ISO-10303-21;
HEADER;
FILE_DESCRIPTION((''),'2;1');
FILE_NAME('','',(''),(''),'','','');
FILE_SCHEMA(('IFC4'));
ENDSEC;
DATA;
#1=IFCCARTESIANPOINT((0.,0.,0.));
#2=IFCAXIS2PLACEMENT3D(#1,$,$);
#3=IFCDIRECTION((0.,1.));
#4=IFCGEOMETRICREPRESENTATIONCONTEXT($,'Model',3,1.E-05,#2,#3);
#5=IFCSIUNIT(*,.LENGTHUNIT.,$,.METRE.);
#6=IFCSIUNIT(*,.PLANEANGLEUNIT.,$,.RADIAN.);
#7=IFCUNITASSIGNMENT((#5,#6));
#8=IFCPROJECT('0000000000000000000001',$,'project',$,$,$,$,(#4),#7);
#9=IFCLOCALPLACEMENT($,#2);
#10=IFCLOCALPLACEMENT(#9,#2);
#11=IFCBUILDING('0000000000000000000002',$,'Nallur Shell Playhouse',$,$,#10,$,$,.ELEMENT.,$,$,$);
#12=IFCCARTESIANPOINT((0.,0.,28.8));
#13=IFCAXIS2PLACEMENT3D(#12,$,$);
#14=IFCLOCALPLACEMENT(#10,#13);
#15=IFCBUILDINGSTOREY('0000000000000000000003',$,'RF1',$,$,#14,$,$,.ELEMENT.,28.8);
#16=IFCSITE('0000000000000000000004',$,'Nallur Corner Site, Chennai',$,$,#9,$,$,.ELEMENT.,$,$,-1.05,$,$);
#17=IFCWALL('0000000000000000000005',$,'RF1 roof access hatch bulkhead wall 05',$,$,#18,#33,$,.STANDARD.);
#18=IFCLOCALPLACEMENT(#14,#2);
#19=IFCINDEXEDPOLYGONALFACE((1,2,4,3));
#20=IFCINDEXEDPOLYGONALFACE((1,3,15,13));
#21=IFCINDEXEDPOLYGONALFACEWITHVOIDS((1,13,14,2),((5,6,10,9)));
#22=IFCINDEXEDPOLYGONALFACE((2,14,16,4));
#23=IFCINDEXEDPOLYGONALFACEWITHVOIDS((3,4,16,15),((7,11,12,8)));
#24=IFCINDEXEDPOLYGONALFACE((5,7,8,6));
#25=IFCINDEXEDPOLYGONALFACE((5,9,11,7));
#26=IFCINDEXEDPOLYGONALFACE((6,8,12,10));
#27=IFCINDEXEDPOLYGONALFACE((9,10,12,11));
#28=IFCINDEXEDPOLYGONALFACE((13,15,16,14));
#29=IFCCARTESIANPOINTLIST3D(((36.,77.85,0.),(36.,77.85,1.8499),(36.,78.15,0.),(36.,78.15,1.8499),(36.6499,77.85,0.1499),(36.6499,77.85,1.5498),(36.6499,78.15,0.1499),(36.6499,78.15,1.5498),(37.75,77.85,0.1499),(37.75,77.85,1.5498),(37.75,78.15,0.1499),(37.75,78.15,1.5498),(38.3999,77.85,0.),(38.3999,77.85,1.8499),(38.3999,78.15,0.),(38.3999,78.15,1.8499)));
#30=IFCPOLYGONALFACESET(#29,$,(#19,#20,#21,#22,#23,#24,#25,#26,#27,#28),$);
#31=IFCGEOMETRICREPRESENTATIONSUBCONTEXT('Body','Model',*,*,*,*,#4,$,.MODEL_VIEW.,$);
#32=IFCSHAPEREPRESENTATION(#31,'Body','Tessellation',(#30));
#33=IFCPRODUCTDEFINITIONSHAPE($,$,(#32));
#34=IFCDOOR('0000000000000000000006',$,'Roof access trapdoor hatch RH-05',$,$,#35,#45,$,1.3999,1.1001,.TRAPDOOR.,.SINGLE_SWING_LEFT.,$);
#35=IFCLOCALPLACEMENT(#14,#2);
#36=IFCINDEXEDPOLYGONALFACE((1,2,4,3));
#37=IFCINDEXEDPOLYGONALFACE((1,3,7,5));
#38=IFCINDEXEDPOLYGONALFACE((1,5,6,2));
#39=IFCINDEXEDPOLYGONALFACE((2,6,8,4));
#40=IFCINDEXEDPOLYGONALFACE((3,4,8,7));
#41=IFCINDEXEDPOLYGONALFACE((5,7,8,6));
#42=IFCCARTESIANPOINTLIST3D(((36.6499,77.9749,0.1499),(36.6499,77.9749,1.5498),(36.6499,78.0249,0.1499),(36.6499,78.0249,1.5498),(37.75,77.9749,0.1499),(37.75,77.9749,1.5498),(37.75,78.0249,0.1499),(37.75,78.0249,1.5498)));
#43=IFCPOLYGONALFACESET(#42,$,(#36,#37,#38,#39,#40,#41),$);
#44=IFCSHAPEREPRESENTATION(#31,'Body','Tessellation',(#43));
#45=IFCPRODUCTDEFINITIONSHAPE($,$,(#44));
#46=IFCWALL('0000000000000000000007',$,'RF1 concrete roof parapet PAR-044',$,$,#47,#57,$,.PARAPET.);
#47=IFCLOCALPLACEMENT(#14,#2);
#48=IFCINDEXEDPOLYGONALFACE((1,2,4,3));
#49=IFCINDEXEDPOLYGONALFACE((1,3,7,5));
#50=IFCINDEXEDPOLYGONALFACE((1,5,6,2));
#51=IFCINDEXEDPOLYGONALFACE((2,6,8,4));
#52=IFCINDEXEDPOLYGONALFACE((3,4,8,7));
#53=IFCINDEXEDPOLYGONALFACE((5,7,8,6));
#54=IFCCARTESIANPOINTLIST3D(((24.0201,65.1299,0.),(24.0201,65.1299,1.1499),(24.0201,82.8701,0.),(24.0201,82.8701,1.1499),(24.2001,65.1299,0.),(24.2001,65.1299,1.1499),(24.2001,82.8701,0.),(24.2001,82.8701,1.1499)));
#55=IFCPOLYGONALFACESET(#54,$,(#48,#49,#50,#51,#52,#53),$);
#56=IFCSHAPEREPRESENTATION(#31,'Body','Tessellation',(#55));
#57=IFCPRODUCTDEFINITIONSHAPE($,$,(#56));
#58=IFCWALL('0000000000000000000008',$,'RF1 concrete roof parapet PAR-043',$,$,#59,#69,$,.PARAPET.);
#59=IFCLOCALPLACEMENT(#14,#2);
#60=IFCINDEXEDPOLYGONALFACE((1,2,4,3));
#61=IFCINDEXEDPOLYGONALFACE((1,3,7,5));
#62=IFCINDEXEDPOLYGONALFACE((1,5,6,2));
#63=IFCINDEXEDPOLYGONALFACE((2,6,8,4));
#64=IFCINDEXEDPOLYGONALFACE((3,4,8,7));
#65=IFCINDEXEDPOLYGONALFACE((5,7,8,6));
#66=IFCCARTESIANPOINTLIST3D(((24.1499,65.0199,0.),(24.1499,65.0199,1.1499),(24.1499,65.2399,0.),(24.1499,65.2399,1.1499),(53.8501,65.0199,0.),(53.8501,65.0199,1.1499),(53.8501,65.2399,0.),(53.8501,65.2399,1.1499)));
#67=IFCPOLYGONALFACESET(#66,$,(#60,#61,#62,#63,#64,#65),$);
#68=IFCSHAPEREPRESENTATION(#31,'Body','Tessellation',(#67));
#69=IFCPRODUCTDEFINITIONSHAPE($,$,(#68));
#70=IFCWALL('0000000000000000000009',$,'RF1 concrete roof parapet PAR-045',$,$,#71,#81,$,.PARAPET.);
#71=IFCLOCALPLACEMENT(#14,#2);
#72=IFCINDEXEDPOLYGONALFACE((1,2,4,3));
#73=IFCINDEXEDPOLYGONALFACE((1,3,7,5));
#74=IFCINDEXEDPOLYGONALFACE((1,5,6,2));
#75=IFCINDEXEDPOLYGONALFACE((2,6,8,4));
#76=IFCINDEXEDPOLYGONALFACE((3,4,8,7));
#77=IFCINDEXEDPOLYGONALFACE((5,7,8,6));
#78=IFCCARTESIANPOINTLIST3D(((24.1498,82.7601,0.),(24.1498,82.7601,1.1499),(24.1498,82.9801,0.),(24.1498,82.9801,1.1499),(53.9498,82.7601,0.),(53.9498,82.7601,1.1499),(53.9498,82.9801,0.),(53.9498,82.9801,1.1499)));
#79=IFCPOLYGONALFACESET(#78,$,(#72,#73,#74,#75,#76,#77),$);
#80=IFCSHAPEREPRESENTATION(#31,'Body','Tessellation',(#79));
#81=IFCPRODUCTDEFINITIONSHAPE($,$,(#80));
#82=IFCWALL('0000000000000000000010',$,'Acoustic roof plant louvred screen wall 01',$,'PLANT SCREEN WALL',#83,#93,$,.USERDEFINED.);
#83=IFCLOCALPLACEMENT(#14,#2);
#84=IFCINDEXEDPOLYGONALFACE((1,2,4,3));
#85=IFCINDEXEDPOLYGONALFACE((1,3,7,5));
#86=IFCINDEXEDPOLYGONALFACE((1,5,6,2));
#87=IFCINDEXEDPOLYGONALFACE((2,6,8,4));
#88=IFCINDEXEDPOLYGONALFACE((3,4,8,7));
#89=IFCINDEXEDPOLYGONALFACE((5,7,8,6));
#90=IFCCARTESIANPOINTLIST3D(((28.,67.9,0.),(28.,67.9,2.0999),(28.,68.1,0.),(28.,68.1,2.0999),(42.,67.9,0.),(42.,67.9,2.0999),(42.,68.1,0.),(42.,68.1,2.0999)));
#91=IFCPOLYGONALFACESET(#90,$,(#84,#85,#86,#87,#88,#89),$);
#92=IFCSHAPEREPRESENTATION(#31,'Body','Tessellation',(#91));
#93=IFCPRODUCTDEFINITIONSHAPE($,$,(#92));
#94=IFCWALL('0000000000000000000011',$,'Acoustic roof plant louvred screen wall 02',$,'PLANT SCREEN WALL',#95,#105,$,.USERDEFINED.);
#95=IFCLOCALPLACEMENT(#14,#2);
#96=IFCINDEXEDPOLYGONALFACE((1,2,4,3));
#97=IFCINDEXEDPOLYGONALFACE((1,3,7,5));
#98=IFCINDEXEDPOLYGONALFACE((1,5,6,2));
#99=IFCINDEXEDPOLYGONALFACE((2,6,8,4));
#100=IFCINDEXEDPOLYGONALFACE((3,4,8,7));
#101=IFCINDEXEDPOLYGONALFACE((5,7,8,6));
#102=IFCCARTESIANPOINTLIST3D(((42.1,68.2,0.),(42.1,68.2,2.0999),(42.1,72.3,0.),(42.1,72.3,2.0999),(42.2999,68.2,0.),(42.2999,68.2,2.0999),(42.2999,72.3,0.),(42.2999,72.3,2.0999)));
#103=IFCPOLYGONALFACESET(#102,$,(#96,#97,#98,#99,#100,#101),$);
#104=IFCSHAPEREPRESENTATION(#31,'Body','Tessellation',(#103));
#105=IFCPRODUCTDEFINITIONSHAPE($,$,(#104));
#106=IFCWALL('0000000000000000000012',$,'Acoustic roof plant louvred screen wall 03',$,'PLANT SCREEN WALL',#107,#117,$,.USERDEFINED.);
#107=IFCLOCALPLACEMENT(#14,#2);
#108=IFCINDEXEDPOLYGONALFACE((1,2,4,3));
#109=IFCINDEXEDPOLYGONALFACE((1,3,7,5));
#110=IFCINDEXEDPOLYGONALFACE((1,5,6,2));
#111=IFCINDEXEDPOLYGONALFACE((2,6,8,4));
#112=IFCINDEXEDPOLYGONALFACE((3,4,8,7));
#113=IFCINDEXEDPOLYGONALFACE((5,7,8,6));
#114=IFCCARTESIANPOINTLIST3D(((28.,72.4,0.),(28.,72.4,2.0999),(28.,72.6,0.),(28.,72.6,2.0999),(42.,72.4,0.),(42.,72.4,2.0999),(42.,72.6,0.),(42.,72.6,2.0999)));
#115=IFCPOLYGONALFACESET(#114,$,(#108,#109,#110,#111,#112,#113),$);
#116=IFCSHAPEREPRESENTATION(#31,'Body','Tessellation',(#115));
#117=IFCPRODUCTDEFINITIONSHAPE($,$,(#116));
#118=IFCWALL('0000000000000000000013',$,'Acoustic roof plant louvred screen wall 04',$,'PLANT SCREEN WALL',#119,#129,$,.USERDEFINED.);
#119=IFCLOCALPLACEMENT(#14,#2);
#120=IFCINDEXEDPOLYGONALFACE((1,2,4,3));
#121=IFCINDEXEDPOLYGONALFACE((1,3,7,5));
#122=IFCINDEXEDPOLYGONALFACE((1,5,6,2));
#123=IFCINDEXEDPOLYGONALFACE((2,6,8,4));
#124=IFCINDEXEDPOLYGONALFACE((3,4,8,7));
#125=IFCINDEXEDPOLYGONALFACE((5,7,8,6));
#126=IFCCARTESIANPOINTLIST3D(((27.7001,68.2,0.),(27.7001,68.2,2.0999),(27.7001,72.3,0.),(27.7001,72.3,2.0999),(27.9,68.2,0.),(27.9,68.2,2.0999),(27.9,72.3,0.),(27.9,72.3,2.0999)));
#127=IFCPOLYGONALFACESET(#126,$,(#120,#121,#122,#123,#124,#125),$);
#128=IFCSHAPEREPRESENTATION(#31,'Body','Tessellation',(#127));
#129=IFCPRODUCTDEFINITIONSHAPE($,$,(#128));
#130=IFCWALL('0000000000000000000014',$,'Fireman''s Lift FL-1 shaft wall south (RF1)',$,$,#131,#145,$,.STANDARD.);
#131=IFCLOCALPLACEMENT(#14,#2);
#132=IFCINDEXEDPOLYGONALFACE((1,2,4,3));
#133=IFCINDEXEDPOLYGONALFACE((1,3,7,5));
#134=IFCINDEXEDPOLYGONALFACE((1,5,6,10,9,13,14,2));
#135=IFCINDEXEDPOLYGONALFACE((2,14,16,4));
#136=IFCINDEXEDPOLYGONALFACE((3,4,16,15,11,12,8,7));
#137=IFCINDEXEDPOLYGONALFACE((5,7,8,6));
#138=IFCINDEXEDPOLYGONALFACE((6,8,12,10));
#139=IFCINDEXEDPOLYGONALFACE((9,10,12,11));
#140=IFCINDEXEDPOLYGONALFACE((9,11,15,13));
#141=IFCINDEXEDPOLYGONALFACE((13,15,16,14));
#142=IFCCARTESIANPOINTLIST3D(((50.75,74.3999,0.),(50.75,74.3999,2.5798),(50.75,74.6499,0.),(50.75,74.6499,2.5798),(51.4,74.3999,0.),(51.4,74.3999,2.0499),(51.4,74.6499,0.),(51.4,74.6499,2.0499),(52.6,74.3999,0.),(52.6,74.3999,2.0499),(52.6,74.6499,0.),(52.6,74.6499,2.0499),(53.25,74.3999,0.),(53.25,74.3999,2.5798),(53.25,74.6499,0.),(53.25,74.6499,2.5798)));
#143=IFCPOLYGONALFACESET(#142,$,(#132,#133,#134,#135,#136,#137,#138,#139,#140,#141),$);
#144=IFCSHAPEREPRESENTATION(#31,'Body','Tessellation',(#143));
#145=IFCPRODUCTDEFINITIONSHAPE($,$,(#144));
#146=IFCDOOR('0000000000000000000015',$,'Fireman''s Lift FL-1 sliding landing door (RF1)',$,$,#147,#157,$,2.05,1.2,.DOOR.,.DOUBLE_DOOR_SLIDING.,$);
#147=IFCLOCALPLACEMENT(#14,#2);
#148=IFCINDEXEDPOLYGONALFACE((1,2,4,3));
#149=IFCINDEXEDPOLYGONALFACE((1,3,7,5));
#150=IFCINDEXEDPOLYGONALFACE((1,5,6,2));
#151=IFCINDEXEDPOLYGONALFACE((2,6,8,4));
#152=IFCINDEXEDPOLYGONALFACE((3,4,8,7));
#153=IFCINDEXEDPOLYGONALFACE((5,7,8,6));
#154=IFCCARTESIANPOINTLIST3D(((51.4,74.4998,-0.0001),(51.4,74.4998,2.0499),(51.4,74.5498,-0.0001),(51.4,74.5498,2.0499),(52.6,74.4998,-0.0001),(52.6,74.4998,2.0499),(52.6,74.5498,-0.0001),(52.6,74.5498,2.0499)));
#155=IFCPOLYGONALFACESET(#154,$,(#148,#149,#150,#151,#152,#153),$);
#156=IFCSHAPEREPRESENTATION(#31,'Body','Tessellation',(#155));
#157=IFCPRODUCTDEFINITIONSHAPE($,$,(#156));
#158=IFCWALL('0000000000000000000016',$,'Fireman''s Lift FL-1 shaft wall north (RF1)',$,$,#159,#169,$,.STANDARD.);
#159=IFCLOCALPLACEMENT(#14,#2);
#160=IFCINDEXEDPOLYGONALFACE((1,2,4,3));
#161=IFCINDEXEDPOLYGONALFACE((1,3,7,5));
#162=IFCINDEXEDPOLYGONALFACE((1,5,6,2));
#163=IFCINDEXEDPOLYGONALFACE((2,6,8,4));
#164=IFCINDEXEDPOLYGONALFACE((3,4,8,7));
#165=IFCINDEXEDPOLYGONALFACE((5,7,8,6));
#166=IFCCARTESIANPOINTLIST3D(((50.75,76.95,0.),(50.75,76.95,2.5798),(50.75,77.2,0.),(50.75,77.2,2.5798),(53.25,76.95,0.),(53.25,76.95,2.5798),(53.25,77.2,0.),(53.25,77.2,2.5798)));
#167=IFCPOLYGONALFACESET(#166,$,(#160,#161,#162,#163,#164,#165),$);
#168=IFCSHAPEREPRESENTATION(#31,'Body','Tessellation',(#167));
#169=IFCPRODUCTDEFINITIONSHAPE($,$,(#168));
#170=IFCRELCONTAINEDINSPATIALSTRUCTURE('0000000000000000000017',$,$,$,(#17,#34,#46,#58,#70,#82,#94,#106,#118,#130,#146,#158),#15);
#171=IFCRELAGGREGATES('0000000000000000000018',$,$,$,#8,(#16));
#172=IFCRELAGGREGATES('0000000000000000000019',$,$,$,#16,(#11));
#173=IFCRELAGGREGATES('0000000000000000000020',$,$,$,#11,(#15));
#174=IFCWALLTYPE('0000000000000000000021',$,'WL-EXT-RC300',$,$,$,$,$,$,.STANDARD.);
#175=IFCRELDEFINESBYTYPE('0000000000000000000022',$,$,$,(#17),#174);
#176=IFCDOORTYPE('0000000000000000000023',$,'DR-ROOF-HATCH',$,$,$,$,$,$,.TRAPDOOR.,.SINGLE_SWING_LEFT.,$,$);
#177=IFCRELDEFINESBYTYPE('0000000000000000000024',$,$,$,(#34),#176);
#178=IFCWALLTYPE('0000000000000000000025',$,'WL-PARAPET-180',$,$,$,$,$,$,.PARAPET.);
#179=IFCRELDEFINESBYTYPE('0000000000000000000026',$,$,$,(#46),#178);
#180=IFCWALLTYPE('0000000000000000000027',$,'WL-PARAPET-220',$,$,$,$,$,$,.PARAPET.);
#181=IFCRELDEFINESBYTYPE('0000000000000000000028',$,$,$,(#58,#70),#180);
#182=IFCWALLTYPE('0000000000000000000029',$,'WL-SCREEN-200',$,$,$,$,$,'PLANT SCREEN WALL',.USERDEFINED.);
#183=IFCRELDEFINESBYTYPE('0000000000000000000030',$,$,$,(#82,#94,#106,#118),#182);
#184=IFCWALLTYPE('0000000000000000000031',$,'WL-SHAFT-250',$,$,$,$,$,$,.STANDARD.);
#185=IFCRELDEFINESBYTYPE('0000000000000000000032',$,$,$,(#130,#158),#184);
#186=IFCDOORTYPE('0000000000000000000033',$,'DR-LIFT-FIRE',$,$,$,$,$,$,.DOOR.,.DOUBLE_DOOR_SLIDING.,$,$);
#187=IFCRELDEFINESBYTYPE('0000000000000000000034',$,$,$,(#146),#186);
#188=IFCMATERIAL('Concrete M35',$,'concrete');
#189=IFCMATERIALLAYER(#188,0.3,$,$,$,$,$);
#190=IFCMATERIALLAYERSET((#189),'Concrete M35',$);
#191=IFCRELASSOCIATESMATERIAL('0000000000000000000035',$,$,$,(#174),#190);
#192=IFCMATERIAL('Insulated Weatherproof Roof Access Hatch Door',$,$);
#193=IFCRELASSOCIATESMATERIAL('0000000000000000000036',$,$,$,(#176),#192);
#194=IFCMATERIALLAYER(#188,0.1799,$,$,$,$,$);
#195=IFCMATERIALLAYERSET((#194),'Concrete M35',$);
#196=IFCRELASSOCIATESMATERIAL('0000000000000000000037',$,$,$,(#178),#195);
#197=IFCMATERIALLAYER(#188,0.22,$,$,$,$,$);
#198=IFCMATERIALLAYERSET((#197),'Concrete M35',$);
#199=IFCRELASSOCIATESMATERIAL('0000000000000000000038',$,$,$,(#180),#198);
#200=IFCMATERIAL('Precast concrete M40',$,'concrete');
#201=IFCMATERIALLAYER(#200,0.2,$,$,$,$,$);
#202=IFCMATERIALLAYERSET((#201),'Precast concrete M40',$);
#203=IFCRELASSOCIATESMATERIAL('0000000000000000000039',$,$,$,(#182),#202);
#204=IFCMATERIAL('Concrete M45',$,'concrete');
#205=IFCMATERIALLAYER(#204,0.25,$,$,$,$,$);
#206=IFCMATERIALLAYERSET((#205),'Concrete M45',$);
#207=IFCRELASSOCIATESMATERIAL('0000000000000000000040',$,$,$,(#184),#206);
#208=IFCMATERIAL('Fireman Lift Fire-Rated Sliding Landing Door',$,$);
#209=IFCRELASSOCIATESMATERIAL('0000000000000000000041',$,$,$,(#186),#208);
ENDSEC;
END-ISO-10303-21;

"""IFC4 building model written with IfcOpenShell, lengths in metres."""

from ifc_helpers import new_model, si_unit, direction, frame, frame_2d, origin, place, context, subcontext, project, spatial, rectangle, extrude, material, layer, layer_set, type_object, element, fill, save


model = new_model("IFC4")

# Units and contexts
model_context = context("Model", 3, precision=1e-05, world=origin(), true_north=direction((0.0, 1.0)))
body_context = subcontext(model_context, "Body", "Model", "MODEL_VIEW")
ifc_project = project(units=[si_unit("LENGTHUNIT", "METRE"), si_unit("PLANEANGLEUNIT", "RADIAN")], contexts=[model_context])

# Site, building, storey
site_placement = place(None, origin())
site = spatial("IfcSite", under=ifc_project, at=site_placement, Name="Nallur Corner Site, Chennai", CompositionType="ELEMENT", RefElevation=-1.05)
building_placement = place(site_placement, origin())
building = spatial("IfcBuilding", under=site, at=building_placement, Name="Nallur Shell Playhouse", CompositionType="ELEMENT")
storey_placement = place(building_placement, frame((0.0, 0.0, 28.8)))
storey = spatial("IfcBuildingStorey", under=building, at=storey_placement, Name="RF1", CompositionType="ELEMENT", Elevation=28.8)

# Shared definitions
ifc_material_1 = material(Name="Concrete M45", Category="concrete")

# Wall, opening, door
ifc_material_2 = material(Name="Concrete M35", Category="concrete")
ifc_layer_1 = layer(ifc_material_2, 0.3)
ifc_layer_set_1 = layer_set([ifc_layer_1], Name="Concrete M35")
wall_type_1 = type_object("IfcWallType", Name="WL-EXT-RC300", PredefinedType="STANDARD", material=ifc_layer_set_1)
wall_1_placement = place(storey_placement, frame((36.0, 78.0, 0.0), z_axis=(0.0, 0.0, 1.0), x_axis=(1.0, 0.0, 0.0)))
wall_1 = element("IfcWall", 1, at=wall_1_placement, inside=storey, type_object=wall_type_1, Name="RF1 roof access hatch bulkhead wall 05", PredefinedType="STANDARD", context=body_context, shape_type="SweptSolid", body=[
    extrude(rectangle(XDim=2.3999, YDim=0.3, at=frame_2d((1.2, 0.0))), origin(), (0.0, 0.0, 1.0), 1.8499),
])
opening_1_placement = place(wall_1_placement, frame((0.6499, 0.0, 0.1499)))
opening_1 = element("IfcOpeningElement", 2, at=opening_1_placement, cuts=wall_1, PredefinedType="OPENING", context=body_context, shape_type="SweptSolid", body=[
    extrude(rectangle(XDim=1.1001, YDim=1.3999, at=frame_2d((0.55, 0.7))), frame((0.0, 0.1602, 0.0), z_axis=(0.0, -1.0, 0.0), x_axis=(1.0, 0.0, 0.0)), (0.0, 0.0, 1.0), 0.3201),
])
ifc_material_3 = material(Name="Insulated Weatherproof Roof Access Hatch Door")
door_type_1 = type_object("IfcDoorType", Name="DR-ROOF-HATCH", OperationType="SINGLE_SWING_LEFT", PredefinedType="TRAPDOOR", material=ifc_material_3)
door_1_placement = place(opening_1_placement, origin())
door_1 = element("IfcDoor", 3, at=door_1_placement, inside=storey, type_object=door_type_1, Name="Roof access trapdoor hatch RH-05", OperationType="SINGLE_SWING_LEFT", OverallHeight=1.3999, OverallWidth=1.1001, PredefinedType="TRAPDOOR", context=body_context, shape_type="SweptSolid", body=[
    extrude(rectangle(XDim=1.1001, YDim=1.3999, at=frame_2d((0.55, 0.7))), frame((0.0, 0.0249, 0.0), z_axis=(0.0, -1.0, 0.0), x_axis=(1.0, 0.0, 0.0)), (0.0, 0.0, 1.0), 0.05),
])
fill(opening_1, door_1)

# Walls
ifc_layer_2 = layer(ifc_material_2, 0.1799)
ifc_layer_set_2 = layer_set([ifc_layer_2], Name="Concrete M35")
wall_type_2 = type_object("IfcWallType", Name="WL-PARAPET-180", PredefinedType="PARAPET", material=ifc_layer_set_2)
wall_2_placement = place(storey_placement, frame((24.1101, 65.1299, 0.0), z_axis=(0.0, 0.0, 1.0), x_axis=(0.0, 1.0, 0.0)))
element("IfcWall", 4, at=wall_2_placement, inside=storey, type_object=wall_type_2, Name="RF1 concrete roof parapet PAR-044", PredefinedType="PARAPET", context=body_context, shape_type="SweptSolid", body=[
    extrude(rectangle(XDim=17.7402, YDim=0.1799, at=frame_2d((8.8701, 0.0))), origin(), (0.0, 0.0, 1.0), 1.1499),
])
ifc_layer_3 = layer(ifc_material_2, 0.22)
ifc_layer_set_3 = layer_set([ifc_layer_3], Name="Concrete M35")
wall_type_3 = type_object("IfcWallType", Name="WL-PARAPET-220", PredefinedType="PARAPET", material=ifc_layer_set_3)
wall_3_placement = place(storey_placement, frame((53.8501, 65.1299, 0.0), z_axis=(0.0, 0.0, 1.0), x_axis=(-1.0, 0.0, 0.0)))
element("IfcWall", 5, at=wall_3_placement, inside=storey, type_object=wall_type_3, Name="RF1 concrete roof parapet PAR-043", PredefinedType="PARAPET", context=body_context, shape_type="SweptSolid", body=[
    extrude(rectangle(XDim=29.7002, YDim=0.22, at=frame_2d((14.8501, 0.0))), origin(), (0.0, 0.0, 1.0), 1.1499),
])
wall_4_placement = place(storey_placement, frame((24.1499, 82.8701, 0.0), z_axis=(0.0, 0.0, 1.0), x_axis=(1.0, 0.0, 0.0)))
element("IfcWall", 6, at=wall_4_placement, inside=storey, type_object=wall_type_3, Name="RF1 concrete roof parapet PAR-045", PredefinedType="PARAPET", context=body_context, shape_type="SweptSolid", body=[
    extrude(rectangle(XDim=29.8, YDim=0.22, at=frame_2d((14.8999, 0.0))), origin(), (0.0, 0.0, 1.0), 1.1499),
])
ifc_material_4 = material(Name="Precast concrete M40", Category="concrete")
ifc_layer_4 = layer(ifc_material_4, 0.2)
ifc_layer_set_4 = layer_set([ifc_layer_4], Name="Precast concrete M40")
wall_type_4 = type_object("IfcWallType", Name="WL-SCREEN-200", ElementType="PLANT SCREEN WALL", PredefinedType="USERDEFINED", material=ifc_layer_set_4)
wall_5_placement = place(storey_placement, frame((28.0, 68.0, 0.0), z_axis=(0.0, 0.0, 1.0), x_axis=(1.0, 0.0, 0.0)))
element("IfcWall", 7, at=wall_5_placement, inside=storey, type_object=wall_type_4, Name="Acoustic roof plant louvred screen wall 01", ObjectType="PLANT SCREEN WALL", PredefinedType="USERDEFINED", context=body_context, shape_type="SweptSolid", body=[
    extrude(rectangle(XDim=14.0, YDim=0.2, at=frame_2d((7.0, 0.0))), origin(), (0.0, 0.0, 1.0), 2.0999),
])
wall_6_placement = place(storey_placement, frame((42.2, 68.2, 0.0), z_axis=(0.0, 0.0, 1.0), x_axis=(0.0, 1.0, 0.0)))
element("IfcWall", 8, at=wall_6_placement, inside=storey, type_object=wall_type_4, Name="Acoustic roof plant louvred screen wall 02", ObjectType="PLANT SCREEN WALL", PredefinedType="USERDEFINED", context=body_context, shape_type="SweptSolid", body=[
    extrude(rectangle(XDim=4.1001, YDim=0.2, at=frame_2d((2.05, 0.0))), origin(), (0.0, 0.0, 1.0), 2.0999),
])
wall_7_placement = place(storey_placement, frame((28.0, 72.5, 0.0), z_axis=(0.0, 0.0, 1.0), x_axis=(1.0, 0.0, 0.0)))
element("IfcWall", 9, at=wall_7_placement, inside=storey, type_object=wall_type_4, Name="Acoustic roof plant louvred screen wall 03", ObjectType="PLANT SCREEN WALL", PredefinedType="USERDEFINED", context=body_context, shape_type="SweptSolid", body=[
    extrude(rectangle(XDim=14.0, YDim=0.2, at=frame_2d((7.0, 0.0))), origin(), (0.0, 0.0, 1.0), 2.0999),
])
wall_8_placement = place(storey_placement, frame((27.8, 68.2, 0.0), z_axis=(0.0, 0.0, 1.0), x_axis=(0.0, 1.0, 0.0)))
element("IfcWall", 10, at=wall_8_placement, inside=storey, type_object=wall_type_4, Name="Acoustic roof plant louvred screen wall 04", ObjectType="PLANT SCREEN WALL", PredefinedType="USERDEFINED", context=body_context, shape_type="SweptSolid", body=[
    extrude(rectangle(XDim=4.1001, YDim=0.2, at=frame_2d((2.05, 0.0))), origin(), (0.0, 0.0, 1.0), 2.0999),
])

# Wall, opening, door
ifc_layer_5 = layer(ifc_material_1, 0.25)
ifc_layer_set_5 = layer_set([ifc_layer_5], Name="Concrete M45")
wall_type_5 = type_object("IfcWallType", Name="WL-SHAFT-250", PredefinedType="STANDARD", material=ifc_layer_set_5)
wall_9_placement = place(storey_placement, frame((50.75, 74.5249, 0.0), z_axis=(0.0, 0.0, 1.0), x_axis=(1.0, 0.0, 0.0)))
wall_9 = element("IfcWall", 11, at=wall_9_placement, inside=storey, type_object=wall_type_5, Name="Fireman's Lift FL-1 shaft wall south (RF1)", PredefinedType="STANDARD", context=body_context, shape_type="SweptSolid", body=[
    extrude(rectangle(XDim=2.5, YDim=0.25, at=frame_2d((1.25, 0.0))), origin(), (0.0, 0.0, 1.0), 2.5798),
])
opening_2_placement = place(wall_9_placement, frame((0.6499, 0.0, 0.0)))
opening_2 = element("IfcOpeningElement", 12, at=opening_2_placement, cuts=wall_9, PredefinedType="OPENING", context=body_context, shape_type="SweptSolid", body=[
    extrude(rectangle(XDim=1.2, YDim=2.05, at=frame_2d((0.6001, 1.0249))), frame((0.0, 0.135, 0.0), z_axis=(0.0, -1.0, 0.0), x_axis=(1.0, 0.0, 0.0)), (0.0, 0.0, 1.0), 0.27),
])
ifc_material_5 = material(Name="Fireman Lift Fire-Rated Sliding Landing Door")
door_type_2 = type_object("IfcDoorType", Name="DR-LIFT-FIRE", OperationType="DOUBLE_DOOR_SLIDING", PredefinedType="DOOR", material=ifc_material_5)
door_2_placement = place(opening_2_placement, origin())
door_2 = element("IfcDoor", 13, at=door_2_placement, inside=storey, type_object=door_type_2, Name="Fireman's Lift FL-1 sliding landing door (RF1)", OperationType="DOUBLE_DOOR_SLIDING", OverallHeight=2.05, OverallWidth=1.2, PredefinedType="DOOR", context=body_context, shape_type="SweptSolid", body=[
    extrude(rectangle(XDim=1.2, YDim=2.05, at=frame_2d((0.6001, 1.0249))), frame((0.0, 0.0249, 0.0), z_axis=(0.0, -1.0, 0.0), x_axis=(1.0, 0.0, 0.0)), (0.0, 0.0, 1.0), 0.05),
])
fill(opening_2, door_2)

# Wall
wall_10_placement = place(storey_placement, frame((53.25, 77.075, 0.0), z_axis=(0.0, 0.0, 1.0), x_axis=(-1.0, 0.0, 0.0)))
element("IfcWall", 14, at=wall_10_placement, inside=storey, type_object=wall_type_5, Name="Fireman's Lift FL-1 shaft wall north (RF1)", PredefinedType="STANDARD", context=body_context, shape_type="SweptSolid", body=[
    extrude(rectangle(XDim=2.5, YDim=0.25, at=frame_2d((1.25, 0.0))), origin(), (0.0, 0.0, 1.0), 2.5798),
])

save(model, "model.ifc")
